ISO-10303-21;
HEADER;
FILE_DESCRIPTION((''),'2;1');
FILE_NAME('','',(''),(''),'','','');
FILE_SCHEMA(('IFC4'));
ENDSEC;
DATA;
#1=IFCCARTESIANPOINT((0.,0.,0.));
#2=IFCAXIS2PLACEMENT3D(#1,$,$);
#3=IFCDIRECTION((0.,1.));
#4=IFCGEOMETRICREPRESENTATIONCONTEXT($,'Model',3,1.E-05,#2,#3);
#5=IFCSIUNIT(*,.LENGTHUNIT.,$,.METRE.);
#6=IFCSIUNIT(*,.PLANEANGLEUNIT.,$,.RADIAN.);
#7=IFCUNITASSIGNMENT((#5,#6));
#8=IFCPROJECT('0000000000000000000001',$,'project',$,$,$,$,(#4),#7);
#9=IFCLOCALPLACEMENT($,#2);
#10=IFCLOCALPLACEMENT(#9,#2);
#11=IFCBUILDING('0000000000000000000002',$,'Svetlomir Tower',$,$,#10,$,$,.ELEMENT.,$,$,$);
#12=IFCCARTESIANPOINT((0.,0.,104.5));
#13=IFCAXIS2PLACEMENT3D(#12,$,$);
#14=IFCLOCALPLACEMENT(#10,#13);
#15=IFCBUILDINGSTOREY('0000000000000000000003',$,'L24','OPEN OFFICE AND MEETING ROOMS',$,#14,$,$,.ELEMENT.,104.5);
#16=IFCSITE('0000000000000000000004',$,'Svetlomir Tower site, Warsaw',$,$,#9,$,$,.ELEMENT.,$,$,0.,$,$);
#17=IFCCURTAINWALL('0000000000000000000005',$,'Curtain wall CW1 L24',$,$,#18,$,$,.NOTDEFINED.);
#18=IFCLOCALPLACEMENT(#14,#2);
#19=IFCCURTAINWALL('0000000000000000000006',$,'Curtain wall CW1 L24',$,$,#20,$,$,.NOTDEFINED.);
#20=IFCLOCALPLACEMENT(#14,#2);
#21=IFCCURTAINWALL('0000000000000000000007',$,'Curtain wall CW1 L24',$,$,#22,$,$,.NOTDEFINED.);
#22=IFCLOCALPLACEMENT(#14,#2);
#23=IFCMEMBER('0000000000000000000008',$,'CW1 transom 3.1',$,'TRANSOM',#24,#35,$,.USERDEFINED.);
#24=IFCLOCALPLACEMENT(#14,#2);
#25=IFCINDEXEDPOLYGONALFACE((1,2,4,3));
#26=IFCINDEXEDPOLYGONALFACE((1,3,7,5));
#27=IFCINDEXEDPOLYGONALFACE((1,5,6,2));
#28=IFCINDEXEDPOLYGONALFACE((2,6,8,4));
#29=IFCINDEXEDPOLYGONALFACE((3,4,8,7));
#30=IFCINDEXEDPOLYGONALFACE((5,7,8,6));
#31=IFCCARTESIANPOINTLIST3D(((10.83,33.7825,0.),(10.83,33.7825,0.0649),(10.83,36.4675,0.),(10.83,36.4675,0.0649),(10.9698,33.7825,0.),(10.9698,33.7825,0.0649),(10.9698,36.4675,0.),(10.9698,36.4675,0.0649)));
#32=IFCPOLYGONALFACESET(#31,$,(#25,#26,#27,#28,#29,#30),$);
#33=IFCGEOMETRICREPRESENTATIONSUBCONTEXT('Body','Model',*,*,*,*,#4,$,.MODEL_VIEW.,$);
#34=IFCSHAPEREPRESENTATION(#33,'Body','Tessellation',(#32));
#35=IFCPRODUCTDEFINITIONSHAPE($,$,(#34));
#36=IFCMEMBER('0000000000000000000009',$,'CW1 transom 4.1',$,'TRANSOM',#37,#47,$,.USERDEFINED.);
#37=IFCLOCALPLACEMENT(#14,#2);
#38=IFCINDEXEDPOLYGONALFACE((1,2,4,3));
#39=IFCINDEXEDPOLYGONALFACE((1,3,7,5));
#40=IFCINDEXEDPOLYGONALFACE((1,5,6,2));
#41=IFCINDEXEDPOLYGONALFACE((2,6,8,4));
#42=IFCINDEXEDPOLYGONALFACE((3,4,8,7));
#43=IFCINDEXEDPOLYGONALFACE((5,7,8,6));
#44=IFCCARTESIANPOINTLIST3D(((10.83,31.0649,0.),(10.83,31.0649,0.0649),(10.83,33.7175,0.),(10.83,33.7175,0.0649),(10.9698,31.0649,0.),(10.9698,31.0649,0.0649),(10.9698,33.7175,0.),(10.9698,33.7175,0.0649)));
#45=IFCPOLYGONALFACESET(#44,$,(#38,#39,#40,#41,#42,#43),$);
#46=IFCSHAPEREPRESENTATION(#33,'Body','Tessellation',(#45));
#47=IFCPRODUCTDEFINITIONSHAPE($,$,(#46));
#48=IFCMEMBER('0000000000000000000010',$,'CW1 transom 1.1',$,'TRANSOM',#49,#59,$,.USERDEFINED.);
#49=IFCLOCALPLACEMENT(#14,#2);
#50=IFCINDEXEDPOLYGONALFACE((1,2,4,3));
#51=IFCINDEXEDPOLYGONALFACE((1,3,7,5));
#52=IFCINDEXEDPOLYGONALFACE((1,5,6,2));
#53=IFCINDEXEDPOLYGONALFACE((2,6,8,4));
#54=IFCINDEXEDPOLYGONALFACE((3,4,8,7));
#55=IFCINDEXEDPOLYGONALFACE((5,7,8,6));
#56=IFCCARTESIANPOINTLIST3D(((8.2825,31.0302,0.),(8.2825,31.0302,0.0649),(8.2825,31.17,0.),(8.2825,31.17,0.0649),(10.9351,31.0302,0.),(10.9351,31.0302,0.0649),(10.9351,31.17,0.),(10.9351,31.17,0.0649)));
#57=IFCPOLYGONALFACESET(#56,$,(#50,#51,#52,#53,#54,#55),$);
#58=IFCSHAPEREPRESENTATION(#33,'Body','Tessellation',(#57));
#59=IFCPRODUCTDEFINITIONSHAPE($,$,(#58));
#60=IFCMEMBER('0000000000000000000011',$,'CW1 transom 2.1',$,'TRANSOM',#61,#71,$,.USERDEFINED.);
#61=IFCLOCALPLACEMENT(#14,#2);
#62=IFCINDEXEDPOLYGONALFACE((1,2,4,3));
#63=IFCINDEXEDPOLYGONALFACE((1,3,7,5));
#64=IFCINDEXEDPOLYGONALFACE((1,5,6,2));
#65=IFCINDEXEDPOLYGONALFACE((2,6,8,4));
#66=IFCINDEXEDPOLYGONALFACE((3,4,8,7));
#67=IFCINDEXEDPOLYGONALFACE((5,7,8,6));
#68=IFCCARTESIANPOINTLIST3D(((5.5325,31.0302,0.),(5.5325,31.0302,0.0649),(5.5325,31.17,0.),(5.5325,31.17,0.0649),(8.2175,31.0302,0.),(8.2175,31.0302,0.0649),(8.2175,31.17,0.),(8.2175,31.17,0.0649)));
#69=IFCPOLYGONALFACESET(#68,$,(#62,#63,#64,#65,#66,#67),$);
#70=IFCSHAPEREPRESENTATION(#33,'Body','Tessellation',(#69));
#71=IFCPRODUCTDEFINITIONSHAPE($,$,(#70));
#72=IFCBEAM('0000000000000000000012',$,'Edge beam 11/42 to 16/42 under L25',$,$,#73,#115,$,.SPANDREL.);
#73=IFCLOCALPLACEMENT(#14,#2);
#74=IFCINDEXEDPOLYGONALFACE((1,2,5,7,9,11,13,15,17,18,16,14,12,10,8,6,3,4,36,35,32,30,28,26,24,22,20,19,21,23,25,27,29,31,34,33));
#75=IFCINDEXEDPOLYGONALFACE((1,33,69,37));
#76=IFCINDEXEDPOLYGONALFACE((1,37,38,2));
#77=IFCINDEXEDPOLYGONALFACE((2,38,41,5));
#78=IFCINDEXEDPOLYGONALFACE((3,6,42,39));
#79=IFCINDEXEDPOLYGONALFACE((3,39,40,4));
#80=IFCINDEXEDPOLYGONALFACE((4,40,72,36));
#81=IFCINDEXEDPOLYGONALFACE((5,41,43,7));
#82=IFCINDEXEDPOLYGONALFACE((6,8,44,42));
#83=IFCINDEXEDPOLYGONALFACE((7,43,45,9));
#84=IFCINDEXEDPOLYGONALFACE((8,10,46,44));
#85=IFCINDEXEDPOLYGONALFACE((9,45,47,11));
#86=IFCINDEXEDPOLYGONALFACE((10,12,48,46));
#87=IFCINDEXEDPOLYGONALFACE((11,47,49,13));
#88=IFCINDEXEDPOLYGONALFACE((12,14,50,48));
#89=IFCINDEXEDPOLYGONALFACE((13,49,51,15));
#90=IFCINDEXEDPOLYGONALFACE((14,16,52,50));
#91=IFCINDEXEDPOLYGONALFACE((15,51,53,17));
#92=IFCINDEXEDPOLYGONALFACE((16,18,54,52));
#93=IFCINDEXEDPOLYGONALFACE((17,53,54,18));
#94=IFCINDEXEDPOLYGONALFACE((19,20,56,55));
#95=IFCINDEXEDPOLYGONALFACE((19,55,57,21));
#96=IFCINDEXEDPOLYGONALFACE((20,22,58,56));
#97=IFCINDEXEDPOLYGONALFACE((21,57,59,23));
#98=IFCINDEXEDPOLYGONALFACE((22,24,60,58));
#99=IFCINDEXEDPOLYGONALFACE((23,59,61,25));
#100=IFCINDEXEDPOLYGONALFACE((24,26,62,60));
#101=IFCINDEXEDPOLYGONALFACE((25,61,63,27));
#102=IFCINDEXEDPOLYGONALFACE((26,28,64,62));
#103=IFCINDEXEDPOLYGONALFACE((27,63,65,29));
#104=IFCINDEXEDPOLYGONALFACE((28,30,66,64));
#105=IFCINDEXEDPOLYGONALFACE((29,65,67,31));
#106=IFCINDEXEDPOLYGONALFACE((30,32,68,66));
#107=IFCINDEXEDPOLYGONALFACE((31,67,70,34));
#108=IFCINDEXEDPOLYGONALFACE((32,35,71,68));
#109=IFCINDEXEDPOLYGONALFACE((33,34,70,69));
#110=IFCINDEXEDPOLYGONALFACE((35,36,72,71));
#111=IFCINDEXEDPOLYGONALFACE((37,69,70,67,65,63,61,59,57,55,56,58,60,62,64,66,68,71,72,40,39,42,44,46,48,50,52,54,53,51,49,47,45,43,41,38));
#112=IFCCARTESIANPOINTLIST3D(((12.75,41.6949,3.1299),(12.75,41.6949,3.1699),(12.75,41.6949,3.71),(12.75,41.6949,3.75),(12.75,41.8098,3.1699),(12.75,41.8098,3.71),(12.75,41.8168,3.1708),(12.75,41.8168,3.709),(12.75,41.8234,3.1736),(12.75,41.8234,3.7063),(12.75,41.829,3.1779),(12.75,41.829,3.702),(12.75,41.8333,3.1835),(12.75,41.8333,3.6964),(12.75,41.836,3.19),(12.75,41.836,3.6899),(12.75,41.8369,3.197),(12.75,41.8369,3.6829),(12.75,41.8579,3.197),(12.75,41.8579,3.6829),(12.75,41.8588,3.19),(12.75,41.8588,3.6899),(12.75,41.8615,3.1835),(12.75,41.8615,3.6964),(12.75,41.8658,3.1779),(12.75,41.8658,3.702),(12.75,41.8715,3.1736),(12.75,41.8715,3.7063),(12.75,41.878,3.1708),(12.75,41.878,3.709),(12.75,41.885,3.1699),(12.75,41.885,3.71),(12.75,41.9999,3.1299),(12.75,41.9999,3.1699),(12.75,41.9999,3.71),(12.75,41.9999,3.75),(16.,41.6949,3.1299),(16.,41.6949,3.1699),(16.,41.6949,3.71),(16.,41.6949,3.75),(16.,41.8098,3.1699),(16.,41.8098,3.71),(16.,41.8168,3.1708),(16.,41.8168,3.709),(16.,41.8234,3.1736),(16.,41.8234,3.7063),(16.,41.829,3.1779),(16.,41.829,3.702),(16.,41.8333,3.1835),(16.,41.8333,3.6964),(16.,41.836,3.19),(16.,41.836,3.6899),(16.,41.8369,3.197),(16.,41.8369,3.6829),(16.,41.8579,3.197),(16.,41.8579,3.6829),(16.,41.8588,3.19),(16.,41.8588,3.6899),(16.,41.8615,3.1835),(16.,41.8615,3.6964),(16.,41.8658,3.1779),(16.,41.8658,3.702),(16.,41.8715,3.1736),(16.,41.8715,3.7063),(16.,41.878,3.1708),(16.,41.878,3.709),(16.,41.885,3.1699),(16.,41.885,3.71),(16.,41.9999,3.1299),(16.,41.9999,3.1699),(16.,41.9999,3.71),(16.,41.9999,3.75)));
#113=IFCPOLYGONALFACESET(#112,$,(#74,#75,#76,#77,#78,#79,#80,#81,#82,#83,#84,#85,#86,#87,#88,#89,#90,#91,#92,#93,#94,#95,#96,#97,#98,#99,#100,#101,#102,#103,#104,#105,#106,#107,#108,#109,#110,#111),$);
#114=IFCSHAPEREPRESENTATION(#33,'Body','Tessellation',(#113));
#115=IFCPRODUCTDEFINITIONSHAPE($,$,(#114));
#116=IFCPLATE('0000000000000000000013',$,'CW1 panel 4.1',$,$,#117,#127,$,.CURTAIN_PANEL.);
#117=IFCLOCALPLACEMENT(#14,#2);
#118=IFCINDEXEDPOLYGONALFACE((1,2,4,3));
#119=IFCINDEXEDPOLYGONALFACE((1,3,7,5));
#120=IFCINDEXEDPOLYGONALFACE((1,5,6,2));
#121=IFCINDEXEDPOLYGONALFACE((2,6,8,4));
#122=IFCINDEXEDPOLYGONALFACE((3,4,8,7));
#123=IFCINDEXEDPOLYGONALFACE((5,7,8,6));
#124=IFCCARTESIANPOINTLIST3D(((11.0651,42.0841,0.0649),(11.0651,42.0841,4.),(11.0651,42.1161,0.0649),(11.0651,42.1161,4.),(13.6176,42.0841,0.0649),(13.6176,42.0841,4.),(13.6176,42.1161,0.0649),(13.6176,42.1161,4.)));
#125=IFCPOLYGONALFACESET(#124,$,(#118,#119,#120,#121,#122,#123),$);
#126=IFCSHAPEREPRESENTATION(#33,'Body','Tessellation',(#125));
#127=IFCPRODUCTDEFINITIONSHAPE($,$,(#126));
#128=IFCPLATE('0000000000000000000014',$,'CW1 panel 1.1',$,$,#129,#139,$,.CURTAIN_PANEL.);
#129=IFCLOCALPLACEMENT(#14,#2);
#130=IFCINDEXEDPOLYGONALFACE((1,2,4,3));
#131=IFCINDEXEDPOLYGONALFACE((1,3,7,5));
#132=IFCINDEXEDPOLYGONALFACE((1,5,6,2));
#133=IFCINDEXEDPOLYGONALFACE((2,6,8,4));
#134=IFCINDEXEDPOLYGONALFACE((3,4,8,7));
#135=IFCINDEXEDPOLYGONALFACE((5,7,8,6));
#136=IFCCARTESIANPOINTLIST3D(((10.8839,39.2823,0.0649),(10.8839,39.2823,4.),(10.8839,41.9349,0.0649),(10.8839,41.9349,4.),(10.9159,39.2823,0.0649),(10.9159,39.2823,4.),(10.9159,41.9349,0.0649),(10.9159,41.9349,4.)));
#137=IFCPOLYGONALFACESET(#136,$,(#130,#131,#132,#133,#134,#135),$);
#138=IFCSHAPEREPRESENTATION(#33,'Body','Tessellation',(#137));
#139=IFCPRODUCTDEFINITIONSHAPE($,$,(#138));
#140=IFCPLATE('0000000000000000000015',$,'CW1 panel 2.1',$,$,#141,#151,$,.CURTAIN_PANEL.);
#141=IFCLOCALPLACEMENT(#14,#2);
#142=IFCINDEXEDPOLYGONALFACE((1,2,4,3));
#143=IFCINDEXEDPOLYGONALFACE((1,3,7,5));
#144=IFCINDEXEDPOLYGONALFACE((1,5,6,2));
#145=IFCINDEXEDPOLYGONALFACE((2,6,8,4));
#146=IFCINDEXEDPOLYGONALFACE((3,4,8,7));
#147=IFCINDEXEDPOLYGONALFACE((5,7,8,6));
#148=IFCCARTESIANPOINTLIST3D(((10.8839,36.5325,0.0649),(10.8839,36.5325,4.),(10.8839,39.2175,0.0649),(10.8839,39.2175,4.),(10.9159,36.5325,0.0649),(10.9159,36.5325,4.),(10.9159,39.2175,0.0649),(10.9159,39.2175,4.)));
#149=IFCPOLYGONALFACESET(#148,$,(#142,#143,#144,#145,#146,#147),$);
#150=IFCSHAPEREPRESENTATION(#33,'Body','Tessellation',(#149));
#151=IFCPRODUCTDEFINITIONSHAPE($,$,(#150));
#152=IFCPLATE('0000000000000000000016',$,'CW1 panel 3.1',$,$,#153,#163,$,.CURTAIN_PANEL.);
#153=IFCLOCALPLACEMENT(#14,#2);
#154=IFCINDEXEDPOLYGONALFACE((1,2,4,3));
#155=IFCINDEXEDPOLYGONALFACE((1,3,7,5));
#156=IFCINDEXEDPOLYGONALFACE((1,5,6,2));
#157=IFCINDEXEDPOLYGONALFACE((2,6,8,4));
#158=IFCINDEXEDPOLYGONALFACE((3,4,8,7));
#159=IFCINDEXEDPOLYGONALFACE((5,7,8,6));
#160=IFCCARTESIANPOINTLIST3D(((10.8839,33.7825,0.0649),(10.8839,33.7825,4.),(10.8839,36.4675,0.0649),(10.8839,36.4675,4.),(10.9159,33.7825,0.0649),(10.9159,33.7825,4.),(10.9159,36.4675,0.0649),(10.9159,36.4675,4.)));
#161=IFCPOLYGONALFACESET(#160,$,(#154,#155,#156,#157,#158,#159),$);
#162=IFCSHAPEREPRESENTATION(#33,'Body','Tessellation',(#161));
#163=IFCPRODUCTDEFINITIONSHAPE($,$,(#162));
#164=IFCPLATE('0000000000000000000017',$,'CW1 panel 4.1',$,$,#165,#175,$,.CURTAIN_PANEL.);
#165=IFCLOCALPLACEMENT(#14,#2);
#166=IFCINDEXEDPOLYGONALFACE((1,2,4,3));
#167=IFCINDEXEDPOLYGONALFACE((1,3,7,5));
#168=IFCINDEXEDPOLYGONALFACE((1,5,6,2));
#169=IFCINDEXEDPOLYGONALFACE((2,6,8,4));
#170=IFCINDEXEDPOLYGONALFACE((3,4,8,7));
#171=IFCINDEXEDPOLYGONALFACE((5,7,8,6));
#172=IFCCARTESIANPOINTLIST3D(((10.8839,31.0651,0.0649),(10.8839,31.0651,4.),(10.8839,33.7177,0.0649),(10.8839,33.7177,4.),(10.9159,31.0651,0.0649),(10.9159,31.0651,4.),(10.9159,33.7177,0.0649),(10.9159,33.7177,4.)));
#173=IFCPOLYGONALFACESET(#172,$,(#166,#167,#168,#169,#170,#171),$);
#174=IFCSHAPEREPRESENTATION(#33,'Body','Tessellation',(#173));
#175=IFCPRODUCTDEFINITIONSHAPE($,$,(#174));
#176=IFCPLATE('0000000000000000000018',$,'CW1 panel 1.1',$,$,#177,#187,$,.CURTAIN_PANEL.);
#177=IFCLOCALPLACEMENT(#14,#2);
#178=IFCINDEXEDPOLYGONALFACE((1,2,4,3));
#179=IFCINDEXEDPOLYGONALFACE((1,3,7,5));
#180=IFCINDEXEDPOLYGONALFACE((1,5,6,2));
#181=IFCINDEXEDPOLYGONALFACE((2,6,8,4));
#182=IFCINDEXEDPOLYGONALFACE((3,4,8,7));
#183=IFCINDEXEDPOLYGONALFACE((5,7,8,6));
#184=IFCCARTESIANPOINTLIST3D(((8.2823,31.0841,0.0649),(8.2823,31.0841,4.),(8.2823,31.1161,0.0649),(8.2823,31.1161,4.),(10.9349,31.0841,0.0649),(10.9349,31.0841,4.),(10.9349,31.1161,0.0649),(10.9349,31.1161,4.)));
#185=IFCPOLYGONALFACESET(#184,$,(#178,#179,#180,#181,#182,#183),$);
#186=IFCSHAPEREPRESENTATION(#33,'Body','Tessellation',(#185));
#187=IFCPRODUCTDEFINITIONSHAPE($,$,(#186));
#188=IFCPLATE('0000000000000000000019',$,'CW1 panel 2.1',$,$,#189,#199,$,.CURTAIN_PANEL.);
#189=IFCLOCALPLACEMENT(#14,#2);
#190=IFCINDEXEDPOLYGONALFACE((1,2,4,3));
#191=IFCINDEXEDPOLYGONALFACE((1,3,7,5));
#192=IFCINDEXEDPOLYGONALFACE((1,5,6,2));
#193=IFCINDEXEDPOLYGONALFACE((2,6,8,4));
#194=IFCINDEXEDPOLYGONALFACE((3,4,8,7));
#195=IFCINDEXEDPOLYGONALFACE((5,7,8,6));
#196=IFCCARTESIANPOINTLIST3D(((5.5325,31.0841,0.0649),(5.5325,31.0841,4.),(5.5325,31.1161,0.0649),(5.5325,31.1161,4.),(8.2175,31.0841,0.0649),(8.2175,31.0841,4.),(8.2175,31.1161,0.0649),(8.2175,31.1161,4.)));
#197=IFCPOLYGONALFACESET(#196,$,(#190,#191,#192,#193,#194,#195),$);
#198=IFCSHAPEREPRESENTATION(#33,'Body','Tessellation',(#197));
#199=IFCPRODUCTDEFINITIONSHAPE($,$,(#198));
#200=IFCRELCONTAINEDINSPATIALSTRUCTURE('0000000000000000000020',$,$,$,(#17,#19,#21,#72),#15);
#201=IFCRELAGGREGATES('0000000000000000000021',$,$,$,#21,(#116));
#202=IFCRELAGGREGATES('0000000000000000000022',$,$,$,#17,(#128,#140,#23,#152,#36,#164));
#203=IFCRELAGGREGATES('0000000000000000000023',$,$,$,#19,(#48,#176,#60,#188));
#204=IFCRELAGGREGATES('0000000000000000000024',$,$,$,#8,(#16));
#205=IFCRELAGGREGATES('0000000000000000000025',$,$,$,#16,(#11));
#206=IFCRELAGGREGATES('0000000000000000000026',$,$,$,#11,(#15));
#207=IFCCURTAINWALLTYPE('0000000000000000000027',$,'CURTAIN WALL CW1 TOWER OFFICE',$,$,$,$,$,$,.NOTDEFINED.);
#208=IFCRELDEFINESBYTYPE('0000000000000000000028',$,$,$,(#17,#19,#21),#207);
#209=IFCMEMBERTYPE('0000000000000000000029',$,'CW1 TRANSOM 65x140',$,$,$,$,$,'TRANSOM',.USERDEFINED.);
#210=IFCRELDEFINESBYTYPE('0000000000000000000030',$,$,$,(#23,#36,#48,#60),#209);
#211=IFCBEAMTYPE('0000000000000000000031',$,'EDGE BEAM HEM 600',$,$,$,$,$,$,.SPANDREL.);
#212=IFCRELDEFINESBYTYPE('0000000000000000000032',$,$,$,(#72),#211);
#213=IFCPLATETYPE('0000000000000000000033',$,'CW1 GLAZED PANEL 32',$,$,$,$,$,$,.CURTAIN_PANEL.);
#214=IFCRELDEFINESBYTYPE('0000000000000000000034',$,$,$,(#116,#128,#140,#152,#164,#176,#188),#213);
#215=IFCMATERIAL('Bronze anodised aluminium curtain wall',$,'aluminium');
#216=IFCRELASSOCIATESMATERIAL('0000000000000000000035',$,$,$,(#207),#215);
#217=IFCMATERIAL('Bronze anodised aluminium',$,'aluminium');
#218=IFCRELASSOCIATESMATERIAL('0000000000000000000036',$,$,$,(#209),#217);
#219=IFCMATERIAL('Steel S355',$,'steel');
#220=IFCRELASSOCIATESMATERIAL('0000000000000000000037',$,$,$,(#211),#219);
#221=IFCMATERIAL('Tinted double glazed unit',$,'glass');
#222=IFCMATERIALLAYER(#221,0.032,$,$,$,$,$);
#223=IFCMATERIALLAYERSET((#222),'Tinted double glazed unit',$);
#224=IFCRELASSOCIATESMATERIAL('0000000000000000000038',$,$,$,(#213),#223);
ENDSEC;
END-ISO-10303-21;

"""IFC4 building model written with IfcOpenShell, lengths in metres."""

from ifc_helpers import new_model, si_unit, direction, frame, origin, origin_2d, place, context, subcontext, project, spatial, rectangle, i_section, extrude, material, layer, layer_set, material_profile, profile_set, type_object, element, aggregate, save


model = new_model("IFC4")

# Units and contexts
model_context = context("Model", 3, precision=1e-05, world=origin(), true_north=direction((0.0, 1.0)))
body_context = subcontext(model_context, "Body", "Model", "MODEL_VIEW")
ifc_project = project(units=[si_unit("LENGTHUNIT", "METRE"), si_unit("PLANEANGLEUNIT", "RADIAN")], contexts=[model_context])

# Site, building, storey
site_placement = place(None, origin())
site = spatial("IfcSite", under=ifc_project, at=site_placement, Name="Svetlomir Tower site, Warsaw", CompositionType="ELEMENT", RefElevation=0.0)
building_placement = place(site_placement, origin())
building = spatial("IfcBuilding", under=site, at=building_placement, Name="Svetlomir Tower", CompositionType="ELEMENT")
storey_placement = place(building_placement, frame((0.0, 0.0, 104.5)))
storey = spatial("IfcBuildingStorey", under=building, at=storey_placement, Name="L24", Description="OPEN OFFICE AND MEETING ROOMS", CompositionType="ELEMENT", Elevation=104.5)

# Curtain walls
ifc_material_1 = material(Name="Bronze anodised aluminium curtain wall", Category="aluminium")
curtain_wall_type = type_object("IfcCurtainWallType", Name="CURTAIN WALL CW1 TOWER OFFICE", PredefinedType="NOTDEFINED", material=ifc_material_1)
curtain_wall_1_placement = place(storey_placement, origin())
curtain_wall_1 = element("IfcCurtainWall", 1, at=curtain_wall_1_placement, inside=storey, type_object=curtain_wall_type, Name="Curtain wall CW1 L24", PredefinedType="NOTDEFINED")
curtain_wall_2_placement = place(storey_placement, origin())
curtain_wall_2 = element("IfcCurtainWall", 2, at=curtain_wall_2_placement, inside=storey, type_object=curtain_wall_type, Name="Curtain wall CW1 L24", PredefinedType="NOTDEFINED")

# Curtain wall
curtain_wall_3_placement = place(storey_placement, origin())
curtain_wall_3 = element("IfcCurtainWall", 3, at=curtain_wall_3_placement, inside=storey, type_object=curtain_wall_type, Name="Curtain wall CW1 L24", PredefinedType="NOTDEFINED")

# Members
ifc_material_2 = material(Name="Bronze anodised aluminium", Category="aluminium")
ifc_material_profile_1 = material_profile(ifc_material_2, rectangle(XDim=0.1399, YDim=0.0649, at=origin_2d()), Name="AL 140x65")
ifc_profile_set_1 = profile_set([ifc_material_profile_1], Name="Bronze anodised aluminium 6063-T6")
member_type_1 = type_object("IfcMemberType", Name="CW1 TRANSOM 65x140", ElementType="TRANSOM", PredefinedType="USERDEFINED", material=ifc_profile_set_1)
member_1_placement = place(storey_placement, frame((10.8999, 36.4675, 0.0325), z_axis=(0.0, -1.0, 0.0), x_axis=(1.0, 0.0, 0.0)))
member_1 = element("IfcMember", 4, at=member_1_placement, type_object=member_type_1, Name="CW1 transom 3.1", ObjectType="TRANSOM", PredefinedType="USERDEFINED", context=body_context, shape_type="SweptSolid", body=[
    extrude(rectangle(XDim=0.1399, YDim=0.0649, at=origin_2d()), origin(), (0.0, 0.0, 1.0), 2.6851),
])
member_2_placement = place(storey_placement, frame((10.8999, 33.7175, 0.0325), z_axis=(0.0, -1.0, 0.0), x_axis=(1.0, 0.0, 0.0)))
member_2 = element("IfcMember", 5, at=member_2_placement, type_object=member_type_1, Name="CW1 transom 4.1", ObjectType="TRANSOM", PredefinedType="USERDEFINED", context=body_context, shape_type="SweptSolid", body=[
    extrude(rectangle(XDim=0.1399, YDim=0.0649, at=origin_2d()), origin(), (0.0, 0.0, 1.0), 2.6526),
])
member_3_placement = place(storey_placement, frame((10.9351, 31.1001, 0.0325), z_axis=(-1.0, 0.0, 0.0), x_axis=(0.0, -1.0, 0.0)))
member_3 = element("IfcMember", 6, at=member_3_placement, type_object=member_type_1, Name="CW1 transom 1.1", ObjectType="TRANSOM", PredefinedType="USERDEFINED", context=body_context, shape_type="SweptSolid", body=[
    extrude(rectangle(XDim=0.1399, YDim=0.0649, at=origin_2d()), origin(), (0.0, 0.0, 1.0), 2.6526),
])
member_4_placement = place(storey_placement, frame((8.2175, 31.1001, 0.0325), z_axis=(-1.0, 0.0, 0.0), x_axis=(0.0, -1.0, 0.0)))
member_4 = element("IfcMember", 7, at=member_4_placement, type_object=member_type_1, Name="CW1 transom 2.1", ObjectType="TRANSOM", PredefinedType="USERDEFINED", context=body_context, shape_type="SweptSolid", body=[
    extrude(rectangle(XDim=0.1399, YDim=0.0649, at=origin_2d()), origin(), (0.0, 0.0, 1.0), 2.6851),
])

# Beam
ifc_material_3 = material(Name="Steel S355", Category="steel")
ifc_material_profile_2 = material_profile(ifc_material_3, i_section(OverallWidth=0.3049, OverallDepth=0.6201, WebThickness=0.021, FlangeThickness=0.04, FilletRadius=0.0271, at=origin_2d()), Name="HEM 600")
ifc_profile_set_2 = profile_set([ifc_material_profile_2], Name="Steel S355")
beam_type = type_object("IfcBeamType", Name="EDGE BEAM HEM 600", PredefinedType="SPANDREL", material=ifc_profile_set_2)
beam_placement = place(storey_placement, frame((12.75, 41.8474, 3.4399), z_axis=(1.0, 0.0, 0.0), x_axis=(0.0, 1.0, 0.0)))
element("IfcBeam", 8, at=beam_placement, inside=storey, type_object=beam_type, Name="Edge beam 11/42 to 16/42 under L25", PredefinedType="SPANDREL", context=body_context, shape_type="SweptSolid", body=[
    extrude(i_section(OverallWidth=0.3049, OverallDepth=0.6201, WebThickness=0.021, FlangeThickness=0.04, FilletRadius=0.0271, at=origin_2d()), origin(), (0.0, 0.0, 1.0), 3.25),
])

# Plates
ifc_material_4 = material(Name="Tinted double glazed unit", Category="glass")
ifc_layer_1 = layer(ifc_material_4, 0.032)
ifc_layer_set_1 = layer_set([ifc_layer_1], Name="Tinted double glazed unit")
plate_type = type_object("IfcPlateType", Name="CW1 GLAZED PANEL 32", PredefinedType="CURTAIN_PANEL", material=ifc_layer_set_1)
plate_1_placement = place(storey_placement, frame((12.3413, 42.1001, 0.0649), z_axis=(0.0, 0.0, 1.0), x_axis=(-1.0, 0.0, 0.0)))
plate_1 = element("IfcPlate", 9, at=plate_1_placement, type_object=plate_type, Name="CW1 panel 4.1", PredefinedType="CURTAIN_PANEL", context=body_context, shape_type="SweptSolid", body=[
    extrude(rectangle(XDim=2.5525, YDim=0.032, at=origin_2d()), origin(), (0.0, 0.0, 1.0), 3.9351),
])
aggregate(curtain_wall_3, [plate_1])
plate_2_placement = place(storey_placement, frame((10.8999, 40.6086, 0.0649), z_axis=(0.0, 0.0, 1.0), x_axis=(0.0, -1.0, 0.0)))
plate_2 = element("IfcPlate", 10, at=plate_2_placement, type_object=plate_type, Name="CW1 panel 1.1", PredefinedType="CURTAIN_PANEL", context=body_context, shape_type="SweptSolid", body=[
    extrude(rectangle(XDim=2.6526, YDim=0.032, at=origin_2d()), origin(), (0.0, 0.0, 1.0), 3.9351),
])
plate_3_placement = place(storey_placement, frame((10.8999, 37.875, 0.0649), z_axis=(0.0, 0.0, 1.0), x_axis=(0.0, -1.0, 0.0)))
plate_3 = element("IfcPlate", 11, at=plate_3_placement, type_object=plate_type, Name="CW1 panel 2.1", PredefinedType="CURTAIN_PANEL", context=body_context, shape_type="SweptSolid", body=[
    extrude(rectangle(XDim=2.6851, YDim=0.032, at=origin_2d()), origin(), (0.0, 0.0, 1.0), 3.9351),
])
plate_4_placement = place(storey_placement, frame((10.8999, 35.125, 0.0649), z_axis=(0.0, 0.0, 1.0), x_axis=(0.0, -1.0, 0.0)))
plate_4 = element("IfcPlate", 12, at=plate_4_placement, type_object=plate_type, Name="CW1 panel 3.1", PredefinedType="CURTAIN_PANEL", context=body_context, shape_type="SweptSolid", body=[
    extrude(rectangle(XDim=2.6851, YDim=0.032, at=origin_2d()), origin(), (0.0, 0.0, 1.0), 3.9351),
])
plate_5_placement = place(storey_placement, frame((10.8999, 32.3914, 0.0649), z_axis=(0.0, 0.0, 1.0), x_axis=(0.0, -1.0, 0.0)))
plate_5 = element("IfcPlate", 13, at=plate_5_placement, type_object=plate_type, Name="CW1 panel 4.1", PredefinedType="CURTAIN_PANEL", context=body_context, shape_type="SweptSolid", body=[
    extrude(rectangle(XDim=2.6526, YDim=0.032, at=origin_2d()), origin(), (0.0, 0.0, 1.0), 3.9351),
])
aggregate(curtain_wall_1, [plate_2, plate_3, member_1, plate_4, member_2, plate_5])
plate_6_placement = place(storey_placement, frame((9.6086, 31.1001, 0.0649), z_axis=(0.0, 0.0, 1.0), x_axis=(-1.0, 0.0, 0.0)))
plate_6 = element("IfcPlate", 14, at=plate_6_placement, type_object=plate_type, Name="CW1 panel 1.1", PredefinedType="CURTAIN_PANEL", context=body_context, shape_type="SweptSolid", body=[
    extrude(rectangle(XDim=2.6526, YDim=0.032, at=origin_2d()), origin(), (0.0, 0.0, 1.0), 3.9351),
])
plate_7_placement = place(storey_placement, frame((6.875, 31.1001, 0.0649), z_axis=(0.0, 0.0, 1.0), x_axis=(-1.0, 0.0, 0.0)))
plate_7 = element("IfcPlate", 15, at=plate_7_placement, type_object=plate_type, Name="CW1 panel 2.1", PredefinedType="CURTAIN_PANEL", context=body_context, shape_type="SweptSolid", body=[
    extrude(rectangle(XDim=2.6851, YDim=0.032, at=origin_2d()), origin(), (0.0, 0.0, 1.0), 3.9351),
])
aggregate(curtain_wall_2, [member_3, plate_6, member_4, plate_7])

save(model, "model.ifc")
